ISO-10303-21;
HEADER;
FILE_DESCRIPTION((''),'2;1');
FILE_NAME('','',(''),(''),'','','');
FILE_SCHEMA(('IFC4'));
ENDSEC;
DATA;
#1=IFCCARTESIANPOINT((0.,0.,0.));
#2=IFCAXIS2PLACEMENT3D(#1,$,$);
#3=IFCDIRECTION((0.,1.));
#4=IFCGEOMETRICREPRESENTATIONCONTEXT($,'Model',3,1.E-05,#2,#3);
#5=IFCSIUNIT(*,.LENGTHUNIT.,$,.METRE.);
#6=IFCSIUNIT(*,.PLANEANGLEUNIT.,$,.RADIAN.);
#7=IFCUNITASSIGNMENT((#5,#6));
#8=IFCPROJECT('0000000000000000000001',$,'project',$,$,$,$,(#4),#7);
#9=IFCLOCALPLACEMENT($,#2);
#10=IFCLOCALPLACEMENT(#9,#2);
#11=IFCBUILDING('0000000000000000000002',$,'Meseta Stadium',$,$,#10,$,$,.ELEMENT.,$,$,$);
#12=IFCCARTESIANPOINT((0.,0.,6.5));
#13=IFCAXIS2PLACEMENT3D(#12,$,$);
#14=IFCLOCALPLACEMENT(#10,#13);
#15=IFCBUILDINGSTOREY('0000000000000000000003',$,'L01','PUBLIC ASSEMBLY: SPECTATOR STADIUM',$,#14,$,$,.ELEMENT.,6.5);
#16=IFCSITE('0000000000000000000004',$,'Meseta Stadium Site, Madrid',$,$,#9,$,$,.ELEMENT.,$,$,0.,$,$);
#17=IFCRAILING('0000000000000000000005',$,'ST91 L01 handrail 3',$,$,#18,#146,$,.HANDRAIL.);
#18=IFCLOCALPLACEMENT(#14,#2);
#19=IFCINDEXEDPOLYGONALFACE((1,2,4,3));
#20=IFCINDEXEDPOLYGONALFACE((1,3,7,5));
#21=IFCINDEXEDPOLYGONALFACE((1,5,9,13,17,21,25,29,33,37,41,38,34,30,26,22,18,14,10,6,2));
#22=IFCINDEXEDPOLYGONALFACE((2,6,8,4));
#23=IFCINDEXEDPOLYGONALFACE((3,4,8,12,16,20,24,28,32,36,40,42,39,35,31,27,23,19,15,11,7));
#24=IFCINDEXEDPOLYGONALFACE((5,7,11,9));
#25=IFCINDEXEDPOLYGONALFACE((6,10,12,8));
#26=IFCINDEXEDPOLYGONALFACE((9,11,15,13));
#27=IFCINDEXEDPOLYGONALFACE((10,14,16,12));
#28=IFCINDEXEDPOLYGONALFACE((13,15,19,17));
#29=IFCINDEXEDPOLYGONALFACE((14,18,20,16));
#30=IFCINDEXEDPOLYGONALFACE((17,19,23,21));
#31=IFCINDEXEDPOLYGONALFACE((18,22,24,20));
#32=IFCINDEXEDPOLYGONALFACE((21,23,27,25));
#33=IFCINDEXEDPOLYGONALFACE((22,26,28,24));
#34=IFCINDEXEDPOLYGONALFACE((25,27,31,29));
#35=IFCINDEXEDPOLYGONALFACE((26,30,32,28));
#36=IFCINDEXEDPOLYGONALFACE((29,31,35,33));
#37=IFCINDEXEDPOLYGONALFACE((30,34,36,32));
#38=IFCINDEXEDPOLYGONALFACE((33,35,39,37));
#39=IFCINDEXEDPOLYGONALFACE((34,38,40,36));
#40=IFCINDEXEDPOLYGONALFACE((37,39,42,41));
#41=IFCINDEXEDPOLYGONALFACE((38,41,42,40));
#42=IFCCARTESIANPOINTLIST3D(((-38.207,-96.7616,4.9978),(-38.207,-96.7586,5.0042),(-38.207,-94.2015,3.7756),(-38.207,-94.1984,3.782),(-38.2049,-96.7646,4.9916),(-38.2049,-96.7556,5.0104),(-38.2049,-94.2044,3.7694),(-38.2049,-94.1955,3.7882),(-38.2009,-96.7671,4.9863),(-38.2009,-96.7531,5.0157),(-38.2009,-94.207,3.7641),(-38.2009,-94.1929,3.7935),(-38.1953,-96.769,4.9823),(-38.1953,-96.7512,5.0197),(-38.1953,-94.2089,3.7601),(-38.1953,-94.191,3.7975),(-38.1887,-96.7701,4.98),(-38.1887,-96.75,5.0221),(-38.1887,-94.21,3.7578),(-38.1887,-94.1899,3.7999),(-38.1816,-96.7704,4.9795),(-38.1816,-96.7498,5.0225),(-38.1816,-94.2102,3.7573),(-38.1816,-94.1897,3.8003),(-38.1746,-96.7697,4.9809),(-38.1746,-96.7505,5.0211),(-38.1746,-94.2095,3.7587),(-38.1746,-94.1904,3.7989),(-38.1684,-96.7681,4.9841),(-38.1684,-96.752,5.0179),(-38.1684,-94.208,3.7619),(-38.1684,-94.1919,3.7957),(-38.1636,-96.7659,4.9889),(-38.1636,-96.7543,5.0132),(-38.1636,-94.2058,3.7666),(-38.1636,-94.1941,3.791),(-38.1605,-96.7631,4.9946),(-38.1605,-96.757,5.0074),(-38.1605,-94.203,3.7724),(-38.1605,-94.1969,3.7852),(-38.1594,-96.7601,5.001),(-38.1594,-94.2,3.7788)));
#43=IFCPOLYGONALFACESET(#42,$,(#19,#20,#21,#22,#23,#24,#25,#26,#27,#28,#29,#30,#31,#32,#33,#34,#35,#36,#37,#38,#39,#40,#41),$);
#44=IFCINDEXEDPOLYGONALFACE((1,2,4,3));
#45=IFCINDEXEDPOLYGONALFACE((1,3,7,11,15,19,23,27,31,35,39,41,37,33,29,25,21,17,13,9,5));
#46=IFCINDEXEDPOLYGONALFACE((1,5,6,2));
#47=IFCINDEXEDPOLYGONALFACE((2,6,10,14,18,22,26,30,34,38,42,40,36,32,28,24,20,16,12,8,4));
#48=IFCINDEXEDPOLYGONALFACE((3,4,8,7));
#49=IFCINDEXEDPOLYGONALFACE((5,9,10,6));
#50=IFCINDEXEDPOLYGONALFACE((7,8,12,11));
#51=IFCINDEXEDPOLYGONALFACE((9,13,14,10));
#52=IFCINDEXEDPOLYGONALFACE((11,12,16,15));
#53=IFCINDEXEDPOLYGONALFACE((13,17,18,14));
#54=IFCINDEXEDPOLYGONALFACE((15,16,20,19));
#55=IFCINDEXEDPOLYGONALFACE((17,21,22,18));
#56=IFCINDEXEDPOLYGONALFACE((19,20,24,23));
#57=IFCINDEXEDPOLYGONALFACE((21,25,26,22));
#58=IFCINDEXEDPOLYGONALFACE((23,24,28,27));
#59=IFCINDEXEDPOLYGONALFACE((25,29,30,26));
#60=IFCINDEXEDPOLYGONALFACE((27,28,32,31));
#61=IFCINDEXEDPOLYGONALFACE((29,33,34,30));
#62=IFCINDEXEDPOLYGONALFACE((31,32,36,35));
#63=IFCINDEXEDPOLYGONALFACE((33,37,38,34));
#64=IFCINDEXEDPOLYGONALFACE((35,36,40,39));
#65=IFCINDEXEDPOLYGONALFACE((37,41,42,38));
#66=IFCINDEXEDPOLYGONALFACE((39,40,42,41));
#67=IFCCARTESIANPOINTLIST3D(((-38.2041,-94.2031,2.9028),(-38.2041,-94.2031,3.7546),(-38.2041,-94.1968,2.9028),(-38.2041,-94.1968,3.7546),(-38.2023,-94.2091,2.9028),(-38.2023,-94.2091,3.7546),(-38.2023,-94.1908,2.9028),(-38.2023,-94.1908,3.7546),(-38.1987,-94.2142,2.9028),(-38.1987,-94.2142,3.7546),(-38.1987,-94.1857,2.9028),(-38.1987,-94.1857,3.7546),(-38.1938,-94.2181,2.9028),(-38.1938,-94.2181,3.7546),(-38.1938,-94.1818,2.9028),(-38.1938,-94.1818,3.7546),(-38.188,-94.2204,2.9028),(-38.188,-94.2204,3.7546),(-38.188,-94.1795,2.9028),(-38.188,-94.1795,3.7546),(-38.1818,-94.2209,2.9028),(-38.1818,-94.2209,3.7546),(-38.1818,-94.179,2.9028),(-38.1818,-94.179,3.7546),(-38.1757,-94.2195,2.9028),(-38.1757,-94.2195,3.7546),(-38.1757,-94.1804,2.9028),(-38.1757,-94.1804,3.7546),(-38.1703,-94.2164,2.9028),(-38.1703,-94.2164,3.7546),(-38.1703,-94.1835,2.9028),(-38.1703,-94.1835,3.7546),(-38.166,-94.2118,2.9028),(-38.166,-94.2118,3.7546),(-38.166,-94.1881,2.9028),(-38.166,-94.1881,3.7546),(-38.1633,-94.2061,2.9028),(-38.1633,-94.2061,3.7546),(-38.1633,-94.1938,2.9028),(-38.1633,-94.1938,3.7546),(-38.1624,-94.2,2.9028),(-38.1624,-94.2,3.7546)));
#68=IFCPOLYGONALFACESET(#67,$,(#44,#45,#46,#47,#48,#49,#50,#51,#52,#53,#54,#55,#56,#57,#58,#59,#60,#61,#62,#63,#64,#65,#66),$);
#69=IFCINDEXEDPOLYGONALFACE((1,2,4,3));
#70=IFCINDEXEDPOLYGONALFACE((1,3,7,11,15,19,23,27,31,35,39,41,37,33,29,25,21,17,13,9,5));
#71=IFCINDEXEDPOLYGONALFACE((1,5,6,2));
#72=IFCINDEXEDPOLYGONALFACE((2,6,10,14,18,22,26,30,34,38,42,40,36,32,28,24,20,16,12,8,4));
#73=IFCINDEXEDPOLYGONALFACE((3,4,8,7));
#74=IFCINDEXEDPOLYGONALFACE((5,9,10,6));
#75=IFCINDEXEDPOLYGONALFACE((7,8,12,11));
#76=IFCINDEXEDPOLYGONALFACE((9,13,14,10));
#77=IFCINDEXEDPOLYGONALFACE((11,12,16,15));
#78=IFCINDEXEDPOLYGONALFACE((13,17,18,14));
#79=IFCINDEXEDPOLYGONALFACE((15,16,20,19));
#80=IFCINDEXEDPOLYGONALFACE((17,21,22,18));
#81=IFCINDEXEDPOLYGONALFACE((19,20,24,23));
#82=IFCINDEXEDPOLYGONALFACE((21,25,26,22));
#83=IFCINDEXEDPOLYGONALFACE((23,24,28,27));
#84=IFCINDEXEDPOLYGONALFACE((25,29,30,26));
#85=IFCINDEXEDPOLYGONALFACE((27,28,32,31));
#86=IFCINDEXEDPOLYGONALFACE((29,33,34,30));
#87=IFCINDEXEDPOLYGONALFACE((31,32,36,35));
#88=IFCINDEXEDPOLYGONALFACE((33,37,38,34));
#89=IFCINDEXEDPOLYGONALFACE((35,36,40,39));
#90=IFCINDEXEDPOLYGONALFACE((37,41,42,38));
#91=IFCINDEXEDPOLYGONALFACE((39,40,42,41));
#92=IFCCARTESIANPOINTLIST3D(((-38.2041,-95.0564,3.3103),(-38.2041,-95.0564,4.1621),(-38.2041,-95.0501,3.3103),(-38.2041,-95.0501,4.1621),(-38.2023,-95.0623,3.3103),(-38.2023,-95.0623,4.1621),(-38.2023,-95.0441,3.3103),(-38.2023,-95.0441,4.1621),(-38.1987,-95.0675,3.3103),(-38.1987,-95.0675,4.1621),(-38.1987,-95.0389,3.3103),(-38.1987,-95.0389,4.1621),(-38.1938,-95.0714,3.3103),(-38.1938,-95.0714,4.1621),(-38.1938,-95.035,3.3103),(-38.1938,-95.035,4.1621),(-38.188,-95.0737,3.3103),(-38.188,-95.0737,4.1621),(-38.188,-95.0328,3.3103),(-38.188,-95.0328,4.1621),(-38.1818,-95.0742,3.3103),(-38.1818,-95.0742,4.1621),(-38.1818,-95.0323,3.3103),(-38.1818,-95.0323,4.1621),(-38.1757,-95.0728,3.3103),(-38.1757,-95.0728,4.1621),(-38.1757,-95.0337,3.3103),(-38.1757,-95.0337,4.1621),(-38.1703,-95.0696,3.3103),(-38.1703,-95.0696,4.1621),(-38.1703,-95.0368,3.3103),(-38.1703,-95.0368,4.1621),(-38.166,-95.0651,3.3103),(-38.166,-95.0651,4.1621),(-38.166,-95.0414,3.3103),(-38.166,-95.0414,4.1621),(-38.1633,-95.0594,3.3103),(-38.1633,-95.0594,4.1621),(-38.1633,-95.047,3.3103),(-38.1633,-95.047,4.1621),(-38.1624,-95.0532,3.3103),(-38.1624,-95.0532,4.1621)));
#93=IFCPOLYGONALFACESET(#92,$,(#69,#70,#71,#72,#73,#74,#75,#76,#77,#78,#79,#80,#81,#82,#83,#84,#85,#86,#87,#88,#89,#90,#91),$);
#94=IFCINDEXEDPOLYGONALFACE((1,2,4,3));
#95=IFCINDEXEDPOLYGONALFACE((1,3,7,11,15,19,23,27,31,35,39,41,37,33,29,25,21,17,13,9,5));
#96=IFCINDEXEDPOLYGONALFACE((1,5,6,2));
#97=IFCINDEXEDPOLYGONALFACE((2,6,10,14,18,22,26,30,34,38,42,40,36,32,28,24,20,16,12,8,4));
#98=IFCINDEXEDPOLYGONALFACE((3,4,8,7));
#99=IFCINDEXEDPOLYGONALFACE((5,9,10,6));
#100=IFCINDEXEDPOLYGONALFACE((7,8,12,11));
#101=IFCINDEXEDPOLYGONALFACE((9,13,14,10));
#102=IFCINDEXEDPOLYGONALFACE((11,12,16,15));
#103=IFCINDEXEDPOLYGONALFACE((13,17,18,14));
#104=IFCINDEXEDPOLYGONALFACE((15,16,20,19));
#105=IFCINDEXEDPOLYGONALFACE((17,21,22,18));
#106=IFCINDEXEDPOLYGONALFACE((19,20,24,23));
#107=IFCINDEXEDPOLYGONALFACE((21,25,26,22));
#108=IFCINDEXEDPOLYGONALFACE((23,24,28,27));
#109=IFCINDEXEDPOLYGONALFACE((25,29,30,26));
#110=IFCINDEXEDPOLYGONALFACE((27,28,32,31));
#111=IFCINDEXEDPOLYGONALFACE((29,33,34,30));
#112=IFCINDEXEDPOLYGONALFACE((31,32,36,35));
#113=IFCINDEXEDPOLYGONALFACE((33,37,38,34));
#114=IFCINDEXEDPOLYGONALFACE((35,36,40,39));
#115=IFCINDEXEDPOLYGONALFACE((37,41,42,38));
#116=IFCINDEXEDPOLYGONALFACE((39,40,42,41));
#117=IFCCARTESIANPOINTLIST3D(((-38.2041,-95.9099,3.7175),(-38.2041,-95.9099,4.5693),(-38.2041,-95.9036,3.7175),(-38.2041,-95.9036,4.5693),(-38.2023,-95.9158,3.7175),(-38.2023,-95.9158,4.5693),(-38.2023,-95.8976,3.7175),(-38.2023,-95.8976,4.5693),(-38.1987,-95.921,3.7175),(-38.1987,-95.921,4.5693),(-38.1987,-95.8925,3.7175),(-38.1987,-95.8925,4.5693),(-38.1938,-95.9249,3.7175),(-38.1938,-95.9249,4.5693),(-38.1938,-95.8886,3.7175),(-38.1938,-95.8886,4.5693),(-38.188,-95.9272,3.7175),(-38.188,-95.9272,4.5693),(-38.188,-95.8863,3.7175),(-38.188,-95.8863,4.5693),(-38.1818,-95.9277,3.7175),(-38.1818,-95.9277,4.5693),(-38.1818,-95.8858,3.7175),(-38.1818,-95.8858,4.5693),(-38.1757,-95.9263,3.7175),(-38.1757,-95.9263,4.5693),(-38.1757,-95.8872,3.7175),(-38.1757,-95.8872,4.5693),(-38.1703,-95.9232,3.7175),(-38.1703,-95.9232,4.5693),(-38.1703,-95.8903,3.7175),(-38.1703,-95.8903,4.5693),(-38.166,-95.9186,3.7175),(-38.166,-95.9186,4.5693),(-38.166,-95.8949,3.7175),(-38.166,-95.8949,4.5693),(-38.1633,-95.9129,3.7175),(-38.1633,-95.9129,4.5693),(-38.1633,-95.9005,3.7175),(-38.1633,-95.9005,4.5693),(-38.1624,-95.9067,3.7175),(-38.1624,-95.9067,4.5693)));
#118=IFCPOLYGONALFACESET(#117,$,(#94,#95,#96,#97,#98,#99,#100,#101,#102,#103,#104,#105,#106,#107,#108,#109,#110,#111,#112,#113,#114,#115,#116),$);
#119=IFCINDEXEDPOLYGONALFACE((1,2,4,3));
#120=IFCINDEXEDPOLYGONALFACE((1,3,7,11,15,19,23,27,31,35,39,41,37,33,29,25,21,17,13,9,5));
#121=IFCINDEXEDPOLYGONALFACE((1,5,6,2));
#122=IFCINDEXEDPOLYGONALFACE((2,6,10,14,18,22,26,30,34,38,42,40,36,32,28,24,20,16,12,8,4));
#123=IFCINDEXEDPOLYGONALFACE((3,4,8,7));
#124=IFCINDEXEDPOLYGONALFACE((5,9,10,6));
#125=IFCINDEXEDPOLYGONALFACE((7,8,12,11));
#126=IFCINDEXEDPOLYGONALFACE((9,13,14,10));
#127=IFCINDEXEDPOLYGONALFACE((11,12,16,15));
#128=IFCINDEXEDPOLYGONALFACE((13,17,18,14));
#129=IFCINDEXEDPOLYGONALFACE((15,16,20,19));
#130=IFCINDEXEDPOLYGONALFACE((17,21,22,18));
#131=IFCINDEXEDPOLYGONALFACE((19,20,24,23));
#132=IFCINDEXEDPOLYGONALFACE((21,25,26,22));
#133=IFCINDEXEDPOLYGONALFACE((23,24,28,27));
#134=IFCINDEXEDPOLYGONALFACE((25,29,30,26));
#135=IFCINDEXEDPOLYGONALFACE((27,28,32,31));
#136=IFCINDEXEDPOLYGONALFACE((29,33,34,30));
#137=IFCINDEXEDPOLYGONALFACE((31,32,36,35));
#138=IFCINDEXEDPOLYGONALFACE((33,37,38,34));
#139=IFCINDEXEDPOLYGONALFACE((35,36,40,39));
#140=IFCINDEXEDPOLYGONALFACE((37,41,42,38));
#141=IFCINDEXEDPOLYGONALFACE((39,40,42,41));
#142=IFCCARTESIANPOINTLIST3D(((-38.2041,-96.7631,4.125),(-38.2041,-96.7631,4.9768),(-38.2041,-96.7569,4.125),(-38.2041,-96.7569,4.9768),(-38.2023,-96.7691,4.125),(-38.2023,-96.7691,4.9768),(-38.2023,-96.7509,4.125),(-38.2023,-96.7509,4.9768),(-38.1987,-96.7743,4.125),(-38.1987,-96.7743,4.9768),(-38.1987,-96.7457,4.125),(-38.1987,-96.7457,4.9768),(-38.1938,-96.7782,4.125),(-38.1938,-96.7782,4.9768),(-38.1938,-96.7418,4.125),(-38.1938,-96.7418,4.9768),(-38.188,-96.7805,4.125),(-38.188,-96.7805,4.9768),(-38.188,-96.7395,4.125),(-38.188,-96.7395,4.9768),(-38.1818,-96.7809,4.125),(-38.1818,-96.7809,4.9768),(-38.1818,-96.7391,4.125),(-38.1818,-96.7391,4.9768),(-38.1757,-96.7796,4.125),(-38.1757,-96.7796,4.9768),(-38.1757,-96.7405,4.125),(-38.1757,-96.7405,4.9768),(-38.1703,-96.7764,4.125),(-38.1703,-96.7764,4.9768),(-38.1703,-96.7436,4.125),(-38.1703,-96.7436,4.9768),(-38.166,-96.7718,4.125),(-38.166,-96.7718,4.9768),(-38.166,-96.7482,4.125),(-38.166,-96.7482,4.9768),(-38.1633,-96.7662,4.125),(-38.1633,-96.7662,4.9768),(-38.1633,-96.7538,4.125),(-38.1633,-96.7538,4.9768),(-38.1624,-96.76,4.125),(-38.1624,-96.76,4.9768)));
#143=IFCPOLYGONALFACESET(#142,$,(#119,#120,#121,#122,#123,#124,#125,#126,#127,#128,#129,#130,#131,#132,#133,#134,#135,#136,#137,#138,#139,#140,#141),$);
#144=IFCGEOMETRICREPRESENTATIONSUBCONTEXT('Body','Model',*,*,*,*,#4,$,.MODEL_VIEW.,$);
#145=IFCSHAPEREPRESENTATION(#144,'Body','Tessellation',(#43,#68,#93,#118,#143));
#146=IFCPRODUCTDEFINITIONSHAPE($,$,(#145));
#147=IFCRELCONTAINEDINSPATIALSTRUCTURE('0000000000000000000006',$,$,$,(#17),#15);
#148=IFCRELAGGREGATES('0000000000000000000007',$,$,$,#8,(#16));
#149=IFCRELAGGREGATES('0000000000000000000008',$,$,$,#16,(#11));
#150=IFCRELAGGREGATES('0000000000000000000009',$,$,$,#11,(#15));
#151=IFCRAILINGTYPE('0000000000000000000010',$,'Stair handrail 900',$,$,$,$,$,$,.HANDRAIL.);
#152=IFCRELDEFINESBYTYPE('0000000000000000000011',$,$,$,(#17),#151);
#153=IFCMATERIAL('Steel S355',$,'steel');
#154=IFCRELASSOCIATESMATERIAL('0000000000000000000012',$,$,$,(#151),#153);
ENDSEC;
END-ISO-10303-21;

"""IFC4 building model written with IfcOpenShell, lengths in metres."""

from ifc_helpers import new_model, si_unit, direction, frame, origin, origin_2d, place, context, subcontext, project, spatial, circle, extrude, material, type_object, element, save


model = new_model("IFC4")

# Units and contexts
model_context = context("Model", 3, precision=1e-05, world=origin(), true_north=direction((0.0, 1.0)))
body_context = subcontext(model_context, "Body", "Model", "MODEL_VIEW")
ifc_project = project(units=[si_unit("LENGTHUNIT", "METRE"), si_unit("PLANEANGLEUNIT", "RADIAN")], contexts=[model_context])

# Site, building, storey
site_placement = place(None, origin())
site = spatial("IfcSite", under=ifc_project, at=site_placement, Name="Meseta Stadium Site, Madrid", CompositionType="ELEMENT", RefElevation=0.0)
building_placement = place(site_placement, origin())
building = spatial("IfcBuilding", under=site, at=building_placement, Name="Meseta Stadium", CompositionType="ELEMENT")
storey_placement = place(building_placement, frame((0.0, 0.0, 6.5)))
storey = spatial("IfcBuildingStorey", under=building, at=storey_placement, Name="L01", Description="PUBLIC ASSEMBLY: SPECTATOR STADIUM", CompositionType="ELEMENT", Elevation=6.5)

# Railing
ifc_material_1 = material(Name="Steel S355", Category="steel")
railing_type_1 = type_object("IfcRailingType", Name="Stair handrail 900", PredefinedType="HANDRAIL", material=ifc_material_1)
railing_1_placement = place(storey_placement, frame((-38.1833, -94.2, 2.9028)))
element("IfcRailing", 1, at=railing_1_placement, inside=storey, type_object=railing_type_1, Name="ST91 L01 handrail 3", PredefinedType="HANDRAIL", context=body_context, shape_type="SweptSolid", body=[
    extrude(circle(Radius=0.0239, at=origin_2d()), frame((0.0, 0.0, 0.876), z_axis=(0.0, -0.902437, 0.430822), x_axis=(1.0, 0.0, 0.0)), (0.0, 0.0, 1.0), 2.8369),
    extrude(circle(Radius=0.021, at=origin_2d()), origin(), (0.0, 0.0, 1.0), 0.8518),
    extrude(circle(Radius=0.021, at=origin_2d()), frame((0.0, -0.8533, 0.4075)), (0.0, 0.0, 1.0), 0.8518),
    extrude(circle(Radius=0.021, at=origin_2d()), frame((0.0, -1.7068, 0.8147)), (0.0, 0.0, 1.0), 0.8518),
    extrude(circle(Radius=0.021, at=origin_2d()), frame((0.0, -2.5601, 1.2222)), (0.0, 0.0, 1.0), 0.8518),
])

save(model, "model.ifc")
